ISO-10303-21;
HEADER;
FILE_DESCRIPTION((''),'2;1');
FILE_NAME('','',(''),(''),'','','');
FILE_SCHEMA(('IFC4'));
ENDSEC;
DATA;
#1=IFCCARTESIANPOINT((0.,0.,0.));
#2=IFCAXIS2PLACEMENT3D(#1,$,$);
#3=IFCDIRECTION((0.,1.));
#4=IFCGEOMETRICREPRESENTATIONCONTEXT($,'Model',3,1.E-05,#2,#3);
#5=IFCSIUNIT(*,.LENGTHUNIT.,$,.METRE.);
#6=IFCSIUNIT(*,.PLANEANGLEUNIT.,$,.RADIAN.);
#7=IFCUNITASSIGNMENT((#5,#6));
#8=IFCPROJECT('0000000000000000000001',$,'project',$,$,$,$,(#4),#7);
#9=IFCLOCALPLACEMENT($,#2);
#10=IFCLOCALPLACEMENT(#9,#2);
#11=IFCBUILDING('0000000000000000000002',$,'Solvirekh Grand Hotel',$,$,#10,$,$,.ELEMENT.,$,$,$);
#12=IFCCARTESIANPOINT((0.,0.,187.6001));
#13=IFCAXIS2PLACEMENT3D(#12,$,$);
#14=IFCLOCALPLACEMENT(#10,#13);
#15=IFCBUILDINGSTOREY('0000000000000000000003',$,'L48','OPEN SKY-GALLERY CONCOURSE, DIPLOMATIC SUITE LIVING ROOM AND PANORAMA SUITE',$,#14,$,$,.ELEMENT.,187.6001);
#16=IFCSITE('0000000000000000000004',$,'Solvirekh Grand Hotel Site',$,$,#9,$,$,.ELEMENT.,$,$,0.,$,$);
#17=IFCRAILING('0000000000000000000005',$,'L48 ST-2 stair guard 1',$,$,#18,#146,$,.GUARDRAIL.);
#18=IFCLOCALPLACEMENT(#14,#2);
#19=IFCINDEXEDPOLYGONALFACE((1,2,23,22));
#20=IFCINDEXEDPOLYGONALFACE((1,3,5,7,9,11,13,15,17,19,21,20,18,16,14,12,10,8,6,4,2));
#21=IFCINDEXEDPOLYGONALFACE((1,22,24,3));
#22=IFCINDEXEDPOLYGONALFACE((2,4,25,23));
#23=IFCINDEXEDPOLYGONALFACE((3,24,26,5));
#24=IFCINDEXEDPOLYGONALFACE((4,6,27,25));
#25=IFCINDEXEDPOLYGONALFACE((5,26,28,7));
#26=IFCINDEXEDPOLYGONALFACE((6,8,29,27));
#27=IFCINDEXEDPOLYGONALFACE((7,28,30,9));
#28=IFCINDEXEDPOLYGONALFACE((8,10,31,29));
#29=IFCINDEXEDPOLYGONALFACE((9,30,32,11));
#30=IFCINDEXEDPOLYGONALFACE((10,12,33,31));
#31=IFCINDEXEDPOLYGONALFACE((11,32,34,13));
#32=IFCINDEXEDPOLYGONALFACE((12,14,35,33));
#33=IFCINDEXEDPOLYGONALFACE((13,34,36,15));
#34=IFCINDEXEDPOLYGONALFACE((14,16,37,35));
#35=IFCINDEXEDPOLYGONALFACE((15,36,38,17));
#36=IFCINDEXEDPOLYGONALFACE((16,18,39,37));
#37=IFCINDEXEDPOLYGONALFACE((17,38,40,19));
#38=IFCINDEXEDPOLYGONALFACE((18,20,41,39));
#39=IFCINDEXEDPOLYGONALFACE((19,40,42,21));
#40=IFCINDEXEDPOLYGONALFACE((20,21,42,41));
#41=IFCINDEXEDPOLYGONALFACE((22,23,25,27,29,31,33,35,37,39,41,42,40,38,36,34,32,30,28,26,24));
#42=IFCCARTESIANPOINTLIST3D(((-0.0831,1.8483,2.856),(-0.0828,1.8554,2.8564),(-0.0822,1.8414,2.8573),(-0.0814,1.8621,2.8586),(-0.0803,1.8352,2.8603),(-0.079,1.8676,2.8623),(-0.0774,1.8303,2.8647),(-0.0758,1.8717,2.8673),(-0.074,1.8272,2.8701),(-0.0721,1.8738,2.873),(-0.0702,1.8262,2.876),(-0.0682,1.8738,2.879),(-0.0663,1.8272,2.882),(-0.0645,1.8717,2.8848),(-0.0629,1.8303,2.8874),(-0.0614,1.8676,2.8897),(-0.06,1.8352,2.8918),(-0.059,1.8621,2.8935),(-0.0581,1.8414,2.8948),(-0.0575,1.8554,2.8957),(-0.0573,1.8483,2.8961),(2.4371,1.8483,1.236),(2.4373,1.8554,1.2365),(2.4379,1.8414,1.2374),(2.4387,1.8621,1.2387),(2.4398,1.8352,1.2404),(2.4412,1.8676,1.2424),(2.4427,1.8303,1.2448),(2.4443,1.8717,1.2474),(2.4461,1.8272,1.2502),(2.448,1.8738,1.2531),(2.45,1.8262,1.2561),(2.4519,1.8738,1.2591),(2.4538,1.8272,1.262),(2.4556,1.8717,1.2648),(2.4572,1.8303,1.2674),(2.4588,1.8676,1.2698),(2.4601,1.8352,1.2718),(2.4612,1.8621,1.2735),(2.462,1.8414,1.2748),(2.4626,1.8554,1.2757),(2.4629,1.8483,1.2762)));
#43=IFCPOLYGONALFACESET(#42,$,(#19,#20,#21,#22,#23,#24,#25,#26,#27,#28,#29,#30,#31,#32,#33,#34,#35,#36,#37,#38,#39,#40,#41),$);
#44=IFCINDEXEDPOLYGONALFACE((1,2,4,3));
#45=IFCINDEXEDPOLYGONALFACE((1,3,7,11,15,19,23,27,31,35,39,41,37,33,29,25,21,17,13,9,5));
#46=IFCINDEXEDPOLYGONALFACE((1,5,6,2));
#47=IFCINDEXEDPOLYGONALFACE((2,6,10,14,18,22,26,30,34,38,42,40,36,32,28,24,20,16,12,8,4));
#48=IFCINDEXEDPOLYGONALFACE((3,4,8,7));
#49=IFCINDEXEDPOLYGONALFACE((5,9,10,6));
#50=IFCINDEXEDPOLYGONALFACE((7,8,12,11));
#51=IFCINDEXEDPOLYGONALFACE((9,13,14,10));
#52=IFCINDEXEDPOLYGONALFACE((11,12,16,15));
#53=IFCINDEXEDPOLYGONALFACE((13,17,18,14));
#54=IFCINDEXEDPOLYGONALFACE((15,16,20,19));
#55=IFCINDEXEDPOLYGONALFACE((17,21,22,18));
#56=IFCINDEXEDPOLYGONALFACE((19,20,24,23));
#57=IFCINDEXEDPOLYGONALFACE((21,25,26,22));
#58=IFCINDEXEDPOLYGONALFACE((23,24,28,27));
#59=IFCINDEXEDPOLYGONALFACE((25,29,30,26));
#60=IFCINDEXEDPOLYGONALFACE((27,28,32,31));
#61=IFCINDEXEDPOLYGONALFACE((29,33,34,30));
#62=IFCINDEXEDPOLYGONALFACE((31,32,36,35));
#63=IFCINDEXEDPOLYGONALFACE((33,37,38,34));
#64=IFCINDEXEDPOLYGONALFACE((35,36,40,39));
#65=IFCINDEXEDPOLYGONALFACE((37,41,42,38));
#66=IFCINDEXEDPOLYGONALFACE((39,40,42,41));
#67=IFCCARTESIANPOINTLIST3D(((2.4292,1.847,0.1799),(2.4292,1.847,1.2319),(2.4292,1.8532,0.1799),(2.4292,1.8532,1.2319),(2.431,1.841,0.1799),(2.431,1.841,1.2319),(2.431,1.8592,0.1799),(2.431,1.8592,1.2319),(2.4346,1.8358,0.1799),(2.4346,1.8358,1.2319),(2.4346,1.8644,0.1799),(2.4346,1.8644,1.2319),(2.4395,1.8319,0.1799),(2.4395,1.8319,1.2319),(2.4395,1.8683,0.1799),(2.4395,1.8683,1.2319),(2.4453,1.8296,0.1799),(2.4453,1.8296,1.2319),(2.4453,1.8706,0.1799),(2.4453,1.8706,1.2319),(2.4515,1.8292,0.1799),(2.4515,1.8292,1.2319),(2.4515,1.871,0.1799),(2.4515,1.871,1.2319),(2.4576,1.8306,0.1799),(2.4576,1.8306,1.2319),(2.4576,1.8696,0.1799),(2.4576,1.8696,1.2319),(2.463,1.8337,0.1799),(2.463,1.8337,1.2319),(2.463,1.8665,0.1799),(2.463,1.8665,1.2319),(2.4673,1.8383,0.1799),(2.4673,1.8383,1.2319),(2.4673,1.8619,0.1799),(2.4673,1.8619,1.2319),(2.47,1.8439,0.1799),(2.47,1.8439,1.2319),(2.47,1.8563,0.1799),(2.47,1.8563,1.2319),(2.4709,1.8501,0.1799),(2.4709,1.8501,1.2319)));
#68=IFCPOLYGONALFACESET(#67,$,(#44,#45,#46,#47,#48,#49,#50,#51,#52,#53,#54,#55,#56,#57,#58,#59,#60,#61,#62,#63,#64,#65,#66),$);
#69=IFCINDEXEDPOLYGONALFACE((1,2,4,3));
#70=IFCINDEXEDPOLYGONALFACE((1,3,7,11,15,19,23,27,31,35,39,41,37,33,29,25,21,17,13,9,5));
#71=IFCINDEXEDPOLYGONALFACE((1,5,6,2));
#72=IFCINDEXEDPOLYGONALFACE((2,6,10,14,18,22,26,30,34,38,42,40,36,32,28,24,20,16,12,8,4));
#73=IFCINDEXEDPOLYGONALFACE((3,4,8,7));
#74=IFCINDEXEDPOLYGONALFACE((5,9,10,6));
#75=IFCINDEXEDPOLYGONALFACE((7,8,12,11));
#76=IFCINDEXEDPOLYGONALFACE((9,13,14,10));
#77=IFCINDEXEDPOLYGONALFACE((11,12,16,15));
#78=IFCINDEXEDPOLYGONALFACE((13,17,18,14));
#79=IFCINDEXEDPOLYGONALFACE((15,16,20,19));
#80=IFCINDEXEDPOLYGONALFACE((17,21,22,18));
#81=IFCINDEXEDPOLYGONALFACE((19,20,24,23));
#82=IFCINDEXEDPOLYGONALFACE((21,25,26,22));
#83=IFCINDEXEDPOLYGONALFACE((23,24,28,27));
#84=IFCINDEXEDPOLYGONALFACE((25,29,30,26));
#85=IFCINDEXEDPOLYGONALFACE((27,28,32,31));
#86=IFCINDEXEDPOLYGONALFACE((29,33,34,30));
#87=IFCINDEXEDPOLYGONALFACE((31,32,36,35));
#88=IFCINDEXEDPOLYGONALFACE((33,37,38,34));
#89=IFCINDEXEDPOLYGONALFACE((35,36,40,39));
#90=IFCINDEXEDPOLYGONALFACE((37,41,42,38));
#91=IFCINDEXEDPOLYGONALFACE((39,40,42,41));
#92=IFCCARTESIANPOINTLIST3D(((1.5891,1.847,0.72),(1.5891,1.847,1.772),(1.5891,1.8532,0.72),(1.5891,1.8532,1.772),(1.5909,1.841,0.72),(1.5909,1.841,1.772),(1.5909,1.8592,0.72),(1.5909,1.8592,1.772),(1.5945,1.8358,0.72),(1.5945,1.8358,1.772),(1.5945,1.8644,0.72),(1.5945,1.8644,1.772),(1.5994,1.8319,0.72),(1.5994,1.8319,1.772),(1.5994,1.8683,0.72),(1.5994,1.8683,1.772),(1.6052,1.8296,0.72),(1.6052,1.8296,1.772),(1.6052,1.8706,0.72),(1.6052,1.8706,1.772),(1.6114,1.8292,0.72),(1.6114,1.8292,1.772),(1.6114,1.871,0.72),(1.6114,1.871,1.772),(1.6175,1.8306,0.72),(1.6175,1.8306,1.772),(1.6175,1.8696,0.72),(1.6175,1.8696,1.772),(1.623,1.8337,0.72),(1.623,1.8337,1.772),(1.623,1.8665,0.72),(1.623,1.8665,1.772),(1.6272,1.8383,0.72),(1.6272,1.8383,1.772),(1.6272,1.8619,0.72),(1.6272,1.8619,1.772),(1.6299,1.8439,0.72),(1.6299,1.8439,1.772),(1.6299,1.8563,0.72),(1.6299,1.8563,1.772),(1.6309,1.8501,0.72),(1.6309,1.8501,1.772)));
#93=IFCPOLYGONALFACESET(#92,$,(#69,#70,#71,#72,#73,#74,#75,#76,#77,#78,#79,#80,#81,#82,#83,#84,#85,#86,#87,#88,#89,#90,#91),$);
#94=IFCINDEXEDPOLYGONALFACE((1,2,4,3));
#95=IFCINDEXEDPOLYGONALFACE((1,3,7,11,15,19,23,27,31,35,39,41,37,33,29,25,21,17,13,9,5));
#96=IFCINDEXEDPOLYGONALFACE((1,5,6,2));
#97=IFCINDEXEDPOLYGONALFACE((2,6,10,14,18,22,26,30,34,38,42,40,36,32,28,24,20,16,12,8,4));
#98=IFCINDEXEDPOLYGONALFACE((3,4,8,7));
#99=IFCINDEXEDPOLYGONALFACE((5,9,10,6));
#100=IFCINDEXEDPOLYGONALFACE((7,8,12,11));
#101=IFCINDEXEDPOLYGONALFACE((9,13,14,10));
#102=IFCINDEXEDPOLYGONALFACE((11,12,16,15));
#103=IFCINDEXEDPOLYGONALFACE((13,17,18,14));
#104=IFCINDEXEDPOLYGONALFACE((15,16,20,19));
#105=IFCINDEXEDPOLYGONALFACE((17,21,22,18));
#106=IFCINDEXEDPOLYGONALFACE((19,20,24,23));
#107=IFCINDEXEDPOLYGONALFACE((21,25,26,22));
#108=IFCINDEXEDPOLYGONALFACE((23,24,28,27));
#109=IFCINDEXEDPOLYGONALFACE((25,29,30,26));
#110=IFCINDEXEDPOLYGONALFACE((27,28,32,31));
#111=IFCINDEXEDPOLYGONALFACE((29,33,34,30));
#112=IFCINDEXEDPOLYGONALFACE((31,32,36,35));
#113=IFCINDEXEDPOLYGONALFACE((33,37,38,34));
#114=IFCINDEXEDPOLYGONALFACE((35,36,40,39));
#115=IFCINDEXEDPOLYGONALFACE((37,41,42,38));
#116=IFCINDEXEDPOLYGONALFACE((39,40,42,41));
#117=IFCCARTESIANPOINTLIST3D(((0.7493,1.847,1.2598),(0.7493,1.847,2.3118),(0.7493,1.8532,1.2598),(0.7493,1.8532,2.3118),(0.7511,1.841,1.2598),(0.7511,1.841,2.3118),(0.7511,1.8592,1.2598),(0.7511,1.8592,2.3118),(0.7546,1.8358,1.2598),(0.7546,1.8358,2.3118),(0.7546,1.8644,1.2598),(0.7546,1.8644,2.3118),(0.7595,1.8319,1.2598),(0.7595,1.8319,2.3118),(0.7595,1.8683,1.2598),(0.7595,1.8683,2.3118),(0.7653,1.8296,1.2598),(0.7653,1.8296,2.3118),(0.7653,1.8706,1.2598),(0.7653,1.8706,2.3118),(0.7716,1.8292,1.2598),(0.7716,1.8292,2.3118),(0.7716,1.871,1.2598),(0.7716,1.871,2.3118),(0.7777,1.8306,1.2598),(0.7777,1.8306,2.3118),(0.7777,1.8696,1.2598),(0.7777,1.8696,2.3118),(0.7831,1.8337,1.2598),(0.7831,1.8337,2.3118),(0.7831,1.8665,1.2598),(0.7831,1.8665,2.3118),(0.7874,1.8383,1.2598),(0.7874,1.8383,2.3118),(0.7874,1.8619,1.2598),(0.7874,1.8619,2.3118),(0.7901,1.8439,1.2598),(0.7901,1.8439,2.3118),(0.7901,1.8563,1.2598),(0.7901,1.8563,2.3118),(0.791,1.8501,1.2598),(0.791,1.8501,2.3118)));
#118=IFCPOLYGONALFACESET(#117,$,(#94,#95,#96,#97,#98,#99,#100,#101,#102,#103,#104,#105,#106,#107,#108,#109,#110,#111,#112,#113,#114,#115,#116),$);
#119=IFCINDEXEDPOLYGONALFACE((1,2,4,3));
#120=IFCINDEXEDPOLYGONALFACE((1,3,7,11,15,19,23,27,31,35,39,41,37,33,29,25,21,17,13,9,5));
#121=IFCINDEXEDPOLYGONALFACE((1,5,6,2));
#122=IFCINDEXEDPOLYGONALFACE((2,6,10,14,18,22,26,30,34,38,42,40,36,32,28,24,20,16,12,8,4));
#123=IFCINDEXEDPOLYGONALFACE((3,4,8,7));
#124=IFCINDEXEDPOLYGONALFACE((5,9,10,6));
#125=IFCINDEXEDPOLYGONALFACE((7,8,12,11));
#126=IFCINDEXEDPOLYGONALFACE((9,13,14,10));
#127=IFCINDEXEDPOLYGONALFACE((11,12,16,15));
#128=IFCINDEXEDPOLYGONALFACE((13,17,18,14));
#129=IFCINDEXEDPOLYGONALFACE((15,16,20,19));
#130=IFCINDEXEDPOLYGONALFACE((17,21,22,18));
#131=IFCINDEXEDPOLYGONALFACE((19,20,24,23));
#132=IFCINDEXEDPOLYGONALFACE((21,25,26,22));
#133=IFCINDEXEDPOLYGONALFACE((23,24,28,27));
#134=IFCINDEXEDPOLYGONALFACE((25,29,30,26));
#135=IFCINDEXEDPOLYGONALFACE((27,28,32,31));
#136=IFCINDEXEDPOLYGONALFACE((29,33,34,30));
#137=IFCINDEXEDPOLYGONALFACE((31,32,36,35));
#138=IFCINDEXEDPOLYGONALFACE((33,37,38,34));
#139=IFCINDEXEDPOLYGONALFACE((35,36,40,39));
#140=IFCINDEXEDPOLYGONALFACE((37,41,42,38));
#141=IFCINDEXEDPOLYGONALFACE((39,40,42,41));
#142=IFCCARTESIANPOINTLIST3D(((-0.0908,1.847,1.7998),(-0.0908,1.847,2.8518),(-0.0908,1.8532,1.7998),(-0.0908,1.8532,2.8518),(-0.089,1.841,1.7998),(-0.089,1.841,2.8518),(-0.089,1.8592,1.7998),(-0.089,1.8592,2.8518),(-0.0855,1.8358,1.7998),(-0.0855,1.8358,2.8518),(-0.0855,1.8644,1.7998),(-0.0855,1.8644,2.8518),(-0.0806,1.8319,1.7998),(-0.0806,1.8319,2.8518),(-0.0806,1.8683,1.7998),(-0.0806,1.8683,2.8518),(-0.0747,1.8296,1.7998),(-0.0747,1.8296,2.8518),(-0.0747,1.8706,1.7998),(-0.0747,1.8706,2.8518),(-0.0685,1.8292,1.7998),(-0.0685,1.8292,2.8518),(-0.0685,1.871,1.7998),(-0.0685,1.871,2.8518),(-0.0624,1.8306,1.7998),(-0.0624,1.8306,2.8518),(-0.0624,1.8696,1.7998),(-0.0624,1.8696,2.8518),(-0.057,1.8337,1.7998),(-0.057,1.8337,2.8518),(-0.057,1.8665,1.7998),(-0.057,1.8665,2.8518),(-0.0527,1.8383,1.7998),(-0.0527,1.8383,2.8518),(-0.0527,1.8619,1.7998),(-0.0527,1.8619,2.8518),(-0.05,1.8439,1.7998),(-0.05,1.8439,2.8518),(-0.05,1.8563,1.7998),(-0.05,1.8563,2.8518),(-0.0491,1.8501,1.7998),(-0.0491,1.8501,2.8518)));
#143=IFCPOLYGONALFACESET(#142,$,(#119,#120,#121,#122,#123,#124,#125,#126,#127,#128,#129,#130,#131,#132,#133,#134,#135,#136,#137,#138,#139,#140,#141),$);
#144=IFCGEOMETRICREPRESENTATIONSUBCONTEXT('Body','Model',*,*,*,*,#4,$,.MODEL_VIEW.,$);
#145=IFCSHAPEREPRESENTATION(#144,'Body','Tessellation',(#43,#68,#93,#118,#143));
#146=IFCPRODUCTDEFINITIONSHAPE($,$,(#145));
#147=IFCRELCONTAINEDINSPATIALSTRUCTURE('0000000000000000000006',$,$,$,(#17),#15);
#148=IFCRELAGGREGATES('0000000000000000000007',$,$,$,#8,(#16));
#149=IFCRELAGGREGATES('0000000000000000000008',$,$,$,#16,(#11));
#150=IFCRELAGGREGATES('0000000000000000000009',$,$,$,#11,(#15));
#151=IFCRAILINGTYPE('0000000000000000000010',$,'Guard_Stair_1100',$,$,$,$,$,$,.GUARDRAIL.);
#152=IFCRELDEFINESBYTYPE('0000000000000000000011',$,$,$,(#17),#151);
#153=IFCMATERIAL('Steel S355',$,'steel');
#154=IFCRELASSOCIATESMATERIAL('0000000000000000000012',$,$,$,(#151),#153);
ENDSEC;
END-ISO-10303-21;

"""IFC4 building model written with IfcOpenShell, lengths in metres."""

from ifc_helpers import new_model, si_unit, direction, frame, origin, origin_2d, place, context, subcontext, project, spatial, circle, extrude, material, type_object, element, save


model = new_model("IFC4")

# Units and contexts
model_context = context("Model", 3, precision=1e-05, world=origin(), true_north=direction((0.0, 1.0)))
body_context = subcontext(model_context, "Body", "Model", "MODEL_VIEW")
ifc_project = project(units=[si_unit("LENGTHUNIT", "METRE"), si_unit("PLANEANGLEUNIT", "RADIAN")], contexts=[model_context])

# Site, building, storey
site_placement = place(None, origin())
site = spatial("IfcSite", under=ifc_project, at=site_placement, Name="Solvirekh Grand Hotel Site", CompositionType="ELEMENT", RefElevation=0.0)
building_placement = place(site_placement, origin())
building = spatial("IfcBuilding", under=site, at=building_placement, Name="Solvirekh Grand Hotel", CompositionType="ELEMENT")
storey_placement = place(building_placement, frame((0.0, 0.0, 187.6001)))
storey = spatial("IfcBuildingStorey", under=building, at=storey_placement, Name="L48", Description="OPEN SKY-GALLERY CONCOURSE, DIPLOMATIC SUITE LIVING ROOM AND PANORAMA SUITE", CompositionType="ELEMENT", Elevation=187.6001)

# Railing
ifc_material_1 = material(Name="Steel S355", Category="steel")
railing_type_1 = type_object("IfcRailingType", Name="Guard_Stair_1100", PredefinedType="GUARDRAIL", material=ifc_material_1)
railing_1_placement = place(storey_placement, frame((2.45, 1.8501, 0.1799)))
element("IfcRailing", 1, at=railing_1_placement, inside=storey, type_object=railing_type_1, Name="L48 ST-2 stair guard 1", PredefinedType="GUARDRAIL", context=body_context, shape_type="SweptSolid", body=[
    extrude(circle(Radius=0.0239, at=origin_2d()), frame((0.0, 0.0, 1.0762), z_axis=(-0.8412, 0.0, 0.540725), x_axis=(0.0, -1.0, 0.0)), (0.0, 0.0, 1.0), 2.9958),
    extrude(circle(Radius=0.021, at=origin_2d()), origin(), (0.0, 0.0, 1.0), 1.052),
    extrude(circle(Radius=0.021, at=origin_2d()), frame((-0.8401, 0.0, 0.54)), (0.0, 0.0, 1.0), 1.052),
    extrude(circle(Radius=0.021, at=origin_2d()), frame((-1.6799, 0.0, 1.0798)), (0.0, 0.0, 1.0), 1.052),
    extrude(circle(Radius=0.021, at=origin_2d()), frame((-2.52, 0.0, 1.6199)), (0.0, 0.0, 1.0), 1.052),
])

save(model, "model.ifc")
